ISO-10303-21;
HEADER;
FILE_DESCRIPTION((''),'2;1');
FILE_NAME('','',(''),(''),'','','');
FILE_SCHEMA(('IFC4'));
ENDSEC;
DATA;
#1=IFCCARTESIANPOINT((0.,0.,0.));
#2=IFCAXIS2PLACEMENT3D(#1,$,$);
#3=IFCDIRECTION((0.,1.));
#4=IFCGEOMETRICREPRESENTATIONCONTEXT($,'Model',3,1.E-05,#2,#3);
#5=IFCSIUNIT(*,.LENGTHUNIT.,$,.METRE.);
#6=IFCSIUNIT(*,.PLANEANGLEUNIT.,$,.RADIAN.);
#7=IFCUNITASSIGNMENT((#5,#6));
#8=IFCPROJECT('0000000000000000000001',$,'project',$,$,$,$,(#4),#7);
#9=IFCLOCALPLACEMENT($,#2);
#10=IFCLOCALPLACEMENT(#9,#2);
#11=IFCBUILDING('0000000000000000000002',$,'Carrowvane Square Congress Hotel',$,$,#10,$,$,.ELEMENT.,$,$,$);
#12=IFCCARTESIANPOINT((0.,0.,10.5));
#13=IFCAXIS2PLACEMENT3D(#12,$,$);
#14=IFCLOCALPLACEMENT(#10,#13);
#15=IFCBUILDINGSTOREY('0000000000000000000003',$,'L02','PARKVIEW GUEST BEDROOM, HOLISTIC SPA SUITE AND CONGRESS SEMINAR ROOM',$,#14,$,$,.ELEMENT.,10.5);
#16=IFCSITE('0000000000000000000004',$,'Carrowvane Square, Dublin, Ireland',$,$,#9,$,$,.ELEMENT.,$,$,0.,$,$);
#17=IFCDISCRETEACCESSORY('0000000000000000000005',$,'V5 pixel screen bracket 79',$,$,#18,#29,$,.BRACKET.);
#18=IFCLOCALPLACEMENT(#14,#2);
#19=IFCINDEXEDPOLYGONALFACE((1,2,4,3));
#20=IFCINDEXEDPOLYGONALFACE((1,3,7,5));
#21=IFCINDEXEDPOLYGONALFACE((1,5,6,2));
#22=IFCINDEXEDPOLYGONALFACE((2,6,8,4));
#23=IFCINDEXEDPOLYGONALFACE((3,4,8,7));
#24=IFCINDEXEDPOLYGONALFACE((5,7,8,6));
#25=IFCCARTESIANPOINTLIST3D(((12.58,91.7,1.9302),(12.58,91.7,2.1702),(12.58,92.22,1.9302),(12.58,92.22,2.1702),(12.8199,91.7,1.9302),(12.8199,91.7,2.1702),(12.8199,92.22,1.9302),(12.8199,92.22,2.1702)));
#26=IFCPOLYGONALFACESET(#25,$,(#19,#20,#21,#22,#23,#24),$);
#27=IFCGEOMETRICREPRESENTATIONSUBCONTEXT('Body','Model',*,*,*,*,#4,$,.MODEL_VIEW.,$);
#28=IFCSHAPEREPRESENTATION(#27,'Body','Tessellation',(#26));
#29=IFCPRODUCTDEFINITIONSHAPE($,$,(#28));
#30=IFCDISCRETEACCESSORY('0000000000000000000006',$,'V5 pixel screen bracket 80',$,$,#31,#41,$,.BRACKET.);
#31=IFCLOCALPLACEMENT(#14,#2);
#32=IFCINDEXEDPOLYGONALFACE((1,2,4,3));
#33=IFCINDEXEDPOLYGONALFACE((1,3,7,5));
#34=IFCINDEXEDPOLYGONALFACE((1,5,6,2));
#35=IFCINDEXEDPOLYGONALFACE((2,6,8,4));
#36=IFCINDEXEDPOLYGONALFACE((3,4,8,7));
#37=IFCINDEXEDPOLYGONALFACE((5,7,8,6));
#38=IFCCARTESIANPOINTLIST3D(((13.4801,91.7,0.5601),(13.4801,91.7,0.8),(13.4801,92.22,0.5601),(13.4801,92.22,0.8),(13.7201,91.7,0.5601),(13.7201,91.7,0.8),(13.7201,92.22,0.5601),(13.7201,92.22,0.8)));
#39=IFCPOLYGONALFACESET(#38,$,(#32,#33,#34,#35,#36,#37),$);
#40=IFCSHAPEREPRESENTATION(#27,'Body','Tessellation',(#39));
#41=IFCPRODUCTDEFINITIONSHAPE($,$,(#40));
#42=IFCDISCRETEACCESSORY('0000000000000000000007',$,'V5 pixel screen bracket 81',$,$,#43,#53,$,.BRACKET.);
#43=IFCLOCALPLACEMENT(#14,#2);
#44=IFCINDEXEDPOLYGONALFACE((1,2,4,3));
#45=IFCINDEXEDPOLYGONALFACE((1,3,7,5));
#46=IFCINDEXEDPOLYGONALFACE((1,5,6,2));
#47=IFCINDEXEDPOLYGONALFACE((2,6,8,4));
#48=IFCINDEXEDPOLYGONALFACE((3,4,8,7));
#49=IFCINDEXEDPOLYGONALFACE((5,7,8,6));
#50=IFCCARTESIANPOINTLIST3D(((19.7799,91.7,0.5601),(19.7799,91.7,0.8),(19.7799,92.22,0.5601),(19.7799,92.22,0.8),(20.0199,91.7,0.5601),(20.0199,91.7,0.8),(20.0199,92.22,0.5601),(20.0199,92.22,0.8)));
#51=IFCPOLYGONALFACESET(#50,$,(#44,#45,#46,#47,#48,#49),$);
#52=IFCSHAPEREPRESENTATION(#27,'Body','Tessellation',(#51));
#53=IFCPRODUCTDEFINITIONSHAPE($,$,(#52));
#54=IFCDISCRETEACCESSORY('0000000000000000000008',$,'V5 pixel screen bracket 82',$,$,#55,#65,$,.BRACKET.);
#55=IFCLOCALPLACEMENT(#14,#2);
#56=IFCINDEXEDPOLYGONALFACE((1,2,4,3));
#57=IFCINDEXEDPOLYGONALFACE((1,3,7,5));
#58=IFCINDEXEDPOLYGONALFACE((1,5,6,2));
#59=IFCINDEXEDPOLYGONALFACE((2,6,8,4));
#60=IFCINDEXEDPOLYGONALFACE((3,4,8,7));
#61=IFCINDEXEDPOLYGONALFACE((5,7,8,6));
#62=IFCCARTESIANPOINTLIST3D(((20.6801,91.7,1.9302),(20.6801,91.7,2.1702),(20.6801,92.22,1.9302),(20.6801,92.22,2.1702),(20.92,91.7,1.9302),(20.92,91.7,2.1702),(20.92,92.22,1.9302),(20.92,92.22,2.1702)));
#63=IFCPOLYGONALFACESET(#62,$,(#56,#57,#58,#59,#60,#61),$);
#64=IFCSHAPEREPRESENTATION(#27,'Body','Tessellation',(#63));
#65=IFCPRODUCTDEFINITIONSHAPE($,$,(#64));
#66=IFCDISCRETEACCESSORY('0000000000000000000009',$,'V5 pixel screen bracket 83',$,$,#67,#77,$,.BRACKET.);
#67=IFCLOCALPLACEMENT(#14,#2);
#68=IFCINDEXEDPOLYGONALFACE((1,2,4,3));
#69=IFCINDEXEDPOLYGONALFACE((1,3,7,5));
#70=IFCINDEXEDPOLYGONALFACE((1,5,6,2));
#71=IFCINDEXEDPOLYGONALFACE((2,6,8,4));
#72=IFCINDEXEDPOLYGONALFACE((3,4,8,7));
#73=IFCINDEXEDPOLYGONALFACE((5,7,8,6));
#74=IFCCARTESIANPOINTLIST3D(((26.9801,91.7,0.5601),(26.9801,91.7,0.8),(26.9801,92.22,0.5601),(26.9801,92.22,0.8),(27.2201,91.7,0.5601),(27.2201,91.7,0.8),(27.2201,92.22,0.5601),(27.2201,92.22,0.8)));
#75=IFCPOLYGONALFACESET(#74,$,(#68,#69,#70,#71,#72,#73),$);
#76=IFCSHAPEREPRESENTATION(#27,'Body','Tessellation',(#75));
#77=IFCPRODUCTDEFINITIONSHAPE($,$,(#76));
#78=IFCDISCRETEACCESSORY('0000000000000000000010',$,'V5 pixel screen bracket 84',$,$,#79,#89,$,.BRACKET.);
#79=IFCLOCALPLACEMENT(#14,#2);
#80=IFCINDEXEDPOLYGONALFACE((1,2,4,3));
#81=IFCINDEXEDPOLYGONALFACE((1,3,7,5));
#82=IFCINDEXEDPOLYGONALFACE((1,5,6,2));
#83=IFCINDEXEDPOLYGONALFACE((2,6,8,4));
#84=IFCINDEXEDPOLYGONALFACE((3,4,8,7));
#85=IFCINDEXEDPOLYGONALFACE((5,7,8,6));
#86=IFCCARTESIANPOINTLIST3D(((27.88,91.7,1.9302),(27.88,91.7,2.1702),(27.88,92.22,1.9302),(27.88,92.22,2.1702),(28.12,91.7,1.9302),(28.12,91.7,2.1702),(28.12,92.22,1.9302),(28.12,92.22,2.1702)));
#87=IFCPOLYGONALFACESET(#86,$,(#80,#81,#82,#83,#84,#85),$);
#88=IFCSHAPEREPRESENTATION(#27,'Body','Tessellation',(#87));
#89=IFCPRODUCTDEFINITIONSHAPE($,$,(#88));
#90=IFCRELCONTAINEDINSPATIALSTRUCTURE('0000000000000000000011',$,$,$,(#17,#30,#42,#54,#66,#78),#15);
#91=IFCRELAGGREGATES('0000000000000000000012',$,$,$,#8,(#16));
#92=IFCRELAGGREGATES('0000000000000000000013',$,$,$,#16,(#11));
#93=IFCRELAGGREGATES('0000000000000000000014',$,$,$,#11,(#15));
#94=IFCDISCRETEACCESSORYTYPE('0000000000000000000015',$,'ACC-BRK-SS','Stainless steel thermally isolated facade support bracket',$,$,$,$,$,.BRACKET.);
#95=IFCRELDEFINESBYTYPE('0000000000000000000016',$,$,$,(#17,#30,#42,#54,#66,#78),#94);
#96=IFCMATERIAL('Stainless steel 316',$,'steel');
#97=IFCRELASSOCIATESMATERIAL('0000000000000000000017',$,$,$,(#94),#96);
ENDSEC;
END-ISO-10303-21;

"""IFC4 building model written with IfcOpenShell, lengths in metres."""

from ifc_helpers import new_model, si_unit, direction, frame, origin, origin_2d, place, context, subcontext, project, spatial, rectangle, extrude, material, type_object, element, save


model = new_model("IFC4")

# Units and contexts
model_context = context("Model", 3, precision=1e-05, world=origin(), true_north=direction((0.0, 1.0)))
body_context = subcontext(model_context, "Body", "Model", "MODEL_VIEW")
ifc_project = project(units=[si_unit("LENGTHUNIT", "METRE"), si_unit("PLANEANGLEUNIT", "RADIAN")], contexts=[model_context])

# Site, building, storey
site_placement = place(None, origin())
site = spatial("IfcSite", under=ifc_project, at=site_placement, Name="Carrowvane Square, Dublin, Ireland", CompositionType="ELEMENT", RefElevation=0.0)
building_placement = place(site_placement, origin())
building = spatial("IfcBuilding", under=site, at=building_placement, Name="Carrowvane Square Congress Hotel", CompositionType="ELEMENT")
storey_placement = place(building_placement, frame((0.0, 0.0, 10.5)))
storey = spatial("IfcBuildingStorey", under=building, at=storey_placement, Name="L02", Description="PARKVIEW GUEST BEDROOM, HOLISTIC SPA SUITE AND CONGRESS SEMINAR ROOM", CompositionType="ELEMENT", Elevation=10.5)

# Discrete accessories
ifc_material_1 = material(Name="Stainless steel 316", Category="steel")
discrete_accessory_type = type_object("IfcDiscreteAccessoryType", Name="ACC-BRK-SS", Description="Stainless steel thermally isolated facade support bracket", PredefinedType="BRACKET", material=ifc_material_1)
for number, where, z_axis, x_axis, name in (
    (1, (12.7, 91.96, 1.9302), (0.0, 0.0, 1.0), (1.0, 0.0, 0.0), "V5 pixel screen bracket 79"),
    (2, (13.6001, 91.96, 0.5601), (0.0, 0.0, 1.0), (1.0, 0.0, 0.0), "V5 pixel screen bracket 80"),
    (3, (19.8999, 91.96, 0.5601), (0.0, 0.0, 1.0), (1.0, 0.0, 0.0), "V5 pixel screen bracket 81"),
    (4, (20.8, 91.96, 1.9302), (0.0, 0.0, 1.0), (1.0, 0.0, 0.0), "V5 pixel screen bracket 82"),
    (5, (27.1001, 91.96, 0.5601), (0.0, 0.0, 1.0), (1.0, 0.0, 0.0), "V5 pixel screen bracket 83"),
    (6, (28.0, 91.96, 1.9302), (0.0, 0.0, 1.0), (1.0, 0.0, 0.0), "V5 pixel screen bracket 84"),
):
    element("IfcDiscreteAccessory", number, at=place(storey_placement, frame(where, z_axis=z_axis, x_axis=x_axis)), inside=storey, type_object=discrete_accessory_type, Name=name, PredefinedType="BRACKET", context=body_context, shape_type="SweptSolid", body=[
        extrude(rectangle(XDim=0.24, YDim=0.52, at=origin_2d()), origin(), (0.0, 0.0, 1.0), 0.24),
    ])

save(model, "model.ifc")
